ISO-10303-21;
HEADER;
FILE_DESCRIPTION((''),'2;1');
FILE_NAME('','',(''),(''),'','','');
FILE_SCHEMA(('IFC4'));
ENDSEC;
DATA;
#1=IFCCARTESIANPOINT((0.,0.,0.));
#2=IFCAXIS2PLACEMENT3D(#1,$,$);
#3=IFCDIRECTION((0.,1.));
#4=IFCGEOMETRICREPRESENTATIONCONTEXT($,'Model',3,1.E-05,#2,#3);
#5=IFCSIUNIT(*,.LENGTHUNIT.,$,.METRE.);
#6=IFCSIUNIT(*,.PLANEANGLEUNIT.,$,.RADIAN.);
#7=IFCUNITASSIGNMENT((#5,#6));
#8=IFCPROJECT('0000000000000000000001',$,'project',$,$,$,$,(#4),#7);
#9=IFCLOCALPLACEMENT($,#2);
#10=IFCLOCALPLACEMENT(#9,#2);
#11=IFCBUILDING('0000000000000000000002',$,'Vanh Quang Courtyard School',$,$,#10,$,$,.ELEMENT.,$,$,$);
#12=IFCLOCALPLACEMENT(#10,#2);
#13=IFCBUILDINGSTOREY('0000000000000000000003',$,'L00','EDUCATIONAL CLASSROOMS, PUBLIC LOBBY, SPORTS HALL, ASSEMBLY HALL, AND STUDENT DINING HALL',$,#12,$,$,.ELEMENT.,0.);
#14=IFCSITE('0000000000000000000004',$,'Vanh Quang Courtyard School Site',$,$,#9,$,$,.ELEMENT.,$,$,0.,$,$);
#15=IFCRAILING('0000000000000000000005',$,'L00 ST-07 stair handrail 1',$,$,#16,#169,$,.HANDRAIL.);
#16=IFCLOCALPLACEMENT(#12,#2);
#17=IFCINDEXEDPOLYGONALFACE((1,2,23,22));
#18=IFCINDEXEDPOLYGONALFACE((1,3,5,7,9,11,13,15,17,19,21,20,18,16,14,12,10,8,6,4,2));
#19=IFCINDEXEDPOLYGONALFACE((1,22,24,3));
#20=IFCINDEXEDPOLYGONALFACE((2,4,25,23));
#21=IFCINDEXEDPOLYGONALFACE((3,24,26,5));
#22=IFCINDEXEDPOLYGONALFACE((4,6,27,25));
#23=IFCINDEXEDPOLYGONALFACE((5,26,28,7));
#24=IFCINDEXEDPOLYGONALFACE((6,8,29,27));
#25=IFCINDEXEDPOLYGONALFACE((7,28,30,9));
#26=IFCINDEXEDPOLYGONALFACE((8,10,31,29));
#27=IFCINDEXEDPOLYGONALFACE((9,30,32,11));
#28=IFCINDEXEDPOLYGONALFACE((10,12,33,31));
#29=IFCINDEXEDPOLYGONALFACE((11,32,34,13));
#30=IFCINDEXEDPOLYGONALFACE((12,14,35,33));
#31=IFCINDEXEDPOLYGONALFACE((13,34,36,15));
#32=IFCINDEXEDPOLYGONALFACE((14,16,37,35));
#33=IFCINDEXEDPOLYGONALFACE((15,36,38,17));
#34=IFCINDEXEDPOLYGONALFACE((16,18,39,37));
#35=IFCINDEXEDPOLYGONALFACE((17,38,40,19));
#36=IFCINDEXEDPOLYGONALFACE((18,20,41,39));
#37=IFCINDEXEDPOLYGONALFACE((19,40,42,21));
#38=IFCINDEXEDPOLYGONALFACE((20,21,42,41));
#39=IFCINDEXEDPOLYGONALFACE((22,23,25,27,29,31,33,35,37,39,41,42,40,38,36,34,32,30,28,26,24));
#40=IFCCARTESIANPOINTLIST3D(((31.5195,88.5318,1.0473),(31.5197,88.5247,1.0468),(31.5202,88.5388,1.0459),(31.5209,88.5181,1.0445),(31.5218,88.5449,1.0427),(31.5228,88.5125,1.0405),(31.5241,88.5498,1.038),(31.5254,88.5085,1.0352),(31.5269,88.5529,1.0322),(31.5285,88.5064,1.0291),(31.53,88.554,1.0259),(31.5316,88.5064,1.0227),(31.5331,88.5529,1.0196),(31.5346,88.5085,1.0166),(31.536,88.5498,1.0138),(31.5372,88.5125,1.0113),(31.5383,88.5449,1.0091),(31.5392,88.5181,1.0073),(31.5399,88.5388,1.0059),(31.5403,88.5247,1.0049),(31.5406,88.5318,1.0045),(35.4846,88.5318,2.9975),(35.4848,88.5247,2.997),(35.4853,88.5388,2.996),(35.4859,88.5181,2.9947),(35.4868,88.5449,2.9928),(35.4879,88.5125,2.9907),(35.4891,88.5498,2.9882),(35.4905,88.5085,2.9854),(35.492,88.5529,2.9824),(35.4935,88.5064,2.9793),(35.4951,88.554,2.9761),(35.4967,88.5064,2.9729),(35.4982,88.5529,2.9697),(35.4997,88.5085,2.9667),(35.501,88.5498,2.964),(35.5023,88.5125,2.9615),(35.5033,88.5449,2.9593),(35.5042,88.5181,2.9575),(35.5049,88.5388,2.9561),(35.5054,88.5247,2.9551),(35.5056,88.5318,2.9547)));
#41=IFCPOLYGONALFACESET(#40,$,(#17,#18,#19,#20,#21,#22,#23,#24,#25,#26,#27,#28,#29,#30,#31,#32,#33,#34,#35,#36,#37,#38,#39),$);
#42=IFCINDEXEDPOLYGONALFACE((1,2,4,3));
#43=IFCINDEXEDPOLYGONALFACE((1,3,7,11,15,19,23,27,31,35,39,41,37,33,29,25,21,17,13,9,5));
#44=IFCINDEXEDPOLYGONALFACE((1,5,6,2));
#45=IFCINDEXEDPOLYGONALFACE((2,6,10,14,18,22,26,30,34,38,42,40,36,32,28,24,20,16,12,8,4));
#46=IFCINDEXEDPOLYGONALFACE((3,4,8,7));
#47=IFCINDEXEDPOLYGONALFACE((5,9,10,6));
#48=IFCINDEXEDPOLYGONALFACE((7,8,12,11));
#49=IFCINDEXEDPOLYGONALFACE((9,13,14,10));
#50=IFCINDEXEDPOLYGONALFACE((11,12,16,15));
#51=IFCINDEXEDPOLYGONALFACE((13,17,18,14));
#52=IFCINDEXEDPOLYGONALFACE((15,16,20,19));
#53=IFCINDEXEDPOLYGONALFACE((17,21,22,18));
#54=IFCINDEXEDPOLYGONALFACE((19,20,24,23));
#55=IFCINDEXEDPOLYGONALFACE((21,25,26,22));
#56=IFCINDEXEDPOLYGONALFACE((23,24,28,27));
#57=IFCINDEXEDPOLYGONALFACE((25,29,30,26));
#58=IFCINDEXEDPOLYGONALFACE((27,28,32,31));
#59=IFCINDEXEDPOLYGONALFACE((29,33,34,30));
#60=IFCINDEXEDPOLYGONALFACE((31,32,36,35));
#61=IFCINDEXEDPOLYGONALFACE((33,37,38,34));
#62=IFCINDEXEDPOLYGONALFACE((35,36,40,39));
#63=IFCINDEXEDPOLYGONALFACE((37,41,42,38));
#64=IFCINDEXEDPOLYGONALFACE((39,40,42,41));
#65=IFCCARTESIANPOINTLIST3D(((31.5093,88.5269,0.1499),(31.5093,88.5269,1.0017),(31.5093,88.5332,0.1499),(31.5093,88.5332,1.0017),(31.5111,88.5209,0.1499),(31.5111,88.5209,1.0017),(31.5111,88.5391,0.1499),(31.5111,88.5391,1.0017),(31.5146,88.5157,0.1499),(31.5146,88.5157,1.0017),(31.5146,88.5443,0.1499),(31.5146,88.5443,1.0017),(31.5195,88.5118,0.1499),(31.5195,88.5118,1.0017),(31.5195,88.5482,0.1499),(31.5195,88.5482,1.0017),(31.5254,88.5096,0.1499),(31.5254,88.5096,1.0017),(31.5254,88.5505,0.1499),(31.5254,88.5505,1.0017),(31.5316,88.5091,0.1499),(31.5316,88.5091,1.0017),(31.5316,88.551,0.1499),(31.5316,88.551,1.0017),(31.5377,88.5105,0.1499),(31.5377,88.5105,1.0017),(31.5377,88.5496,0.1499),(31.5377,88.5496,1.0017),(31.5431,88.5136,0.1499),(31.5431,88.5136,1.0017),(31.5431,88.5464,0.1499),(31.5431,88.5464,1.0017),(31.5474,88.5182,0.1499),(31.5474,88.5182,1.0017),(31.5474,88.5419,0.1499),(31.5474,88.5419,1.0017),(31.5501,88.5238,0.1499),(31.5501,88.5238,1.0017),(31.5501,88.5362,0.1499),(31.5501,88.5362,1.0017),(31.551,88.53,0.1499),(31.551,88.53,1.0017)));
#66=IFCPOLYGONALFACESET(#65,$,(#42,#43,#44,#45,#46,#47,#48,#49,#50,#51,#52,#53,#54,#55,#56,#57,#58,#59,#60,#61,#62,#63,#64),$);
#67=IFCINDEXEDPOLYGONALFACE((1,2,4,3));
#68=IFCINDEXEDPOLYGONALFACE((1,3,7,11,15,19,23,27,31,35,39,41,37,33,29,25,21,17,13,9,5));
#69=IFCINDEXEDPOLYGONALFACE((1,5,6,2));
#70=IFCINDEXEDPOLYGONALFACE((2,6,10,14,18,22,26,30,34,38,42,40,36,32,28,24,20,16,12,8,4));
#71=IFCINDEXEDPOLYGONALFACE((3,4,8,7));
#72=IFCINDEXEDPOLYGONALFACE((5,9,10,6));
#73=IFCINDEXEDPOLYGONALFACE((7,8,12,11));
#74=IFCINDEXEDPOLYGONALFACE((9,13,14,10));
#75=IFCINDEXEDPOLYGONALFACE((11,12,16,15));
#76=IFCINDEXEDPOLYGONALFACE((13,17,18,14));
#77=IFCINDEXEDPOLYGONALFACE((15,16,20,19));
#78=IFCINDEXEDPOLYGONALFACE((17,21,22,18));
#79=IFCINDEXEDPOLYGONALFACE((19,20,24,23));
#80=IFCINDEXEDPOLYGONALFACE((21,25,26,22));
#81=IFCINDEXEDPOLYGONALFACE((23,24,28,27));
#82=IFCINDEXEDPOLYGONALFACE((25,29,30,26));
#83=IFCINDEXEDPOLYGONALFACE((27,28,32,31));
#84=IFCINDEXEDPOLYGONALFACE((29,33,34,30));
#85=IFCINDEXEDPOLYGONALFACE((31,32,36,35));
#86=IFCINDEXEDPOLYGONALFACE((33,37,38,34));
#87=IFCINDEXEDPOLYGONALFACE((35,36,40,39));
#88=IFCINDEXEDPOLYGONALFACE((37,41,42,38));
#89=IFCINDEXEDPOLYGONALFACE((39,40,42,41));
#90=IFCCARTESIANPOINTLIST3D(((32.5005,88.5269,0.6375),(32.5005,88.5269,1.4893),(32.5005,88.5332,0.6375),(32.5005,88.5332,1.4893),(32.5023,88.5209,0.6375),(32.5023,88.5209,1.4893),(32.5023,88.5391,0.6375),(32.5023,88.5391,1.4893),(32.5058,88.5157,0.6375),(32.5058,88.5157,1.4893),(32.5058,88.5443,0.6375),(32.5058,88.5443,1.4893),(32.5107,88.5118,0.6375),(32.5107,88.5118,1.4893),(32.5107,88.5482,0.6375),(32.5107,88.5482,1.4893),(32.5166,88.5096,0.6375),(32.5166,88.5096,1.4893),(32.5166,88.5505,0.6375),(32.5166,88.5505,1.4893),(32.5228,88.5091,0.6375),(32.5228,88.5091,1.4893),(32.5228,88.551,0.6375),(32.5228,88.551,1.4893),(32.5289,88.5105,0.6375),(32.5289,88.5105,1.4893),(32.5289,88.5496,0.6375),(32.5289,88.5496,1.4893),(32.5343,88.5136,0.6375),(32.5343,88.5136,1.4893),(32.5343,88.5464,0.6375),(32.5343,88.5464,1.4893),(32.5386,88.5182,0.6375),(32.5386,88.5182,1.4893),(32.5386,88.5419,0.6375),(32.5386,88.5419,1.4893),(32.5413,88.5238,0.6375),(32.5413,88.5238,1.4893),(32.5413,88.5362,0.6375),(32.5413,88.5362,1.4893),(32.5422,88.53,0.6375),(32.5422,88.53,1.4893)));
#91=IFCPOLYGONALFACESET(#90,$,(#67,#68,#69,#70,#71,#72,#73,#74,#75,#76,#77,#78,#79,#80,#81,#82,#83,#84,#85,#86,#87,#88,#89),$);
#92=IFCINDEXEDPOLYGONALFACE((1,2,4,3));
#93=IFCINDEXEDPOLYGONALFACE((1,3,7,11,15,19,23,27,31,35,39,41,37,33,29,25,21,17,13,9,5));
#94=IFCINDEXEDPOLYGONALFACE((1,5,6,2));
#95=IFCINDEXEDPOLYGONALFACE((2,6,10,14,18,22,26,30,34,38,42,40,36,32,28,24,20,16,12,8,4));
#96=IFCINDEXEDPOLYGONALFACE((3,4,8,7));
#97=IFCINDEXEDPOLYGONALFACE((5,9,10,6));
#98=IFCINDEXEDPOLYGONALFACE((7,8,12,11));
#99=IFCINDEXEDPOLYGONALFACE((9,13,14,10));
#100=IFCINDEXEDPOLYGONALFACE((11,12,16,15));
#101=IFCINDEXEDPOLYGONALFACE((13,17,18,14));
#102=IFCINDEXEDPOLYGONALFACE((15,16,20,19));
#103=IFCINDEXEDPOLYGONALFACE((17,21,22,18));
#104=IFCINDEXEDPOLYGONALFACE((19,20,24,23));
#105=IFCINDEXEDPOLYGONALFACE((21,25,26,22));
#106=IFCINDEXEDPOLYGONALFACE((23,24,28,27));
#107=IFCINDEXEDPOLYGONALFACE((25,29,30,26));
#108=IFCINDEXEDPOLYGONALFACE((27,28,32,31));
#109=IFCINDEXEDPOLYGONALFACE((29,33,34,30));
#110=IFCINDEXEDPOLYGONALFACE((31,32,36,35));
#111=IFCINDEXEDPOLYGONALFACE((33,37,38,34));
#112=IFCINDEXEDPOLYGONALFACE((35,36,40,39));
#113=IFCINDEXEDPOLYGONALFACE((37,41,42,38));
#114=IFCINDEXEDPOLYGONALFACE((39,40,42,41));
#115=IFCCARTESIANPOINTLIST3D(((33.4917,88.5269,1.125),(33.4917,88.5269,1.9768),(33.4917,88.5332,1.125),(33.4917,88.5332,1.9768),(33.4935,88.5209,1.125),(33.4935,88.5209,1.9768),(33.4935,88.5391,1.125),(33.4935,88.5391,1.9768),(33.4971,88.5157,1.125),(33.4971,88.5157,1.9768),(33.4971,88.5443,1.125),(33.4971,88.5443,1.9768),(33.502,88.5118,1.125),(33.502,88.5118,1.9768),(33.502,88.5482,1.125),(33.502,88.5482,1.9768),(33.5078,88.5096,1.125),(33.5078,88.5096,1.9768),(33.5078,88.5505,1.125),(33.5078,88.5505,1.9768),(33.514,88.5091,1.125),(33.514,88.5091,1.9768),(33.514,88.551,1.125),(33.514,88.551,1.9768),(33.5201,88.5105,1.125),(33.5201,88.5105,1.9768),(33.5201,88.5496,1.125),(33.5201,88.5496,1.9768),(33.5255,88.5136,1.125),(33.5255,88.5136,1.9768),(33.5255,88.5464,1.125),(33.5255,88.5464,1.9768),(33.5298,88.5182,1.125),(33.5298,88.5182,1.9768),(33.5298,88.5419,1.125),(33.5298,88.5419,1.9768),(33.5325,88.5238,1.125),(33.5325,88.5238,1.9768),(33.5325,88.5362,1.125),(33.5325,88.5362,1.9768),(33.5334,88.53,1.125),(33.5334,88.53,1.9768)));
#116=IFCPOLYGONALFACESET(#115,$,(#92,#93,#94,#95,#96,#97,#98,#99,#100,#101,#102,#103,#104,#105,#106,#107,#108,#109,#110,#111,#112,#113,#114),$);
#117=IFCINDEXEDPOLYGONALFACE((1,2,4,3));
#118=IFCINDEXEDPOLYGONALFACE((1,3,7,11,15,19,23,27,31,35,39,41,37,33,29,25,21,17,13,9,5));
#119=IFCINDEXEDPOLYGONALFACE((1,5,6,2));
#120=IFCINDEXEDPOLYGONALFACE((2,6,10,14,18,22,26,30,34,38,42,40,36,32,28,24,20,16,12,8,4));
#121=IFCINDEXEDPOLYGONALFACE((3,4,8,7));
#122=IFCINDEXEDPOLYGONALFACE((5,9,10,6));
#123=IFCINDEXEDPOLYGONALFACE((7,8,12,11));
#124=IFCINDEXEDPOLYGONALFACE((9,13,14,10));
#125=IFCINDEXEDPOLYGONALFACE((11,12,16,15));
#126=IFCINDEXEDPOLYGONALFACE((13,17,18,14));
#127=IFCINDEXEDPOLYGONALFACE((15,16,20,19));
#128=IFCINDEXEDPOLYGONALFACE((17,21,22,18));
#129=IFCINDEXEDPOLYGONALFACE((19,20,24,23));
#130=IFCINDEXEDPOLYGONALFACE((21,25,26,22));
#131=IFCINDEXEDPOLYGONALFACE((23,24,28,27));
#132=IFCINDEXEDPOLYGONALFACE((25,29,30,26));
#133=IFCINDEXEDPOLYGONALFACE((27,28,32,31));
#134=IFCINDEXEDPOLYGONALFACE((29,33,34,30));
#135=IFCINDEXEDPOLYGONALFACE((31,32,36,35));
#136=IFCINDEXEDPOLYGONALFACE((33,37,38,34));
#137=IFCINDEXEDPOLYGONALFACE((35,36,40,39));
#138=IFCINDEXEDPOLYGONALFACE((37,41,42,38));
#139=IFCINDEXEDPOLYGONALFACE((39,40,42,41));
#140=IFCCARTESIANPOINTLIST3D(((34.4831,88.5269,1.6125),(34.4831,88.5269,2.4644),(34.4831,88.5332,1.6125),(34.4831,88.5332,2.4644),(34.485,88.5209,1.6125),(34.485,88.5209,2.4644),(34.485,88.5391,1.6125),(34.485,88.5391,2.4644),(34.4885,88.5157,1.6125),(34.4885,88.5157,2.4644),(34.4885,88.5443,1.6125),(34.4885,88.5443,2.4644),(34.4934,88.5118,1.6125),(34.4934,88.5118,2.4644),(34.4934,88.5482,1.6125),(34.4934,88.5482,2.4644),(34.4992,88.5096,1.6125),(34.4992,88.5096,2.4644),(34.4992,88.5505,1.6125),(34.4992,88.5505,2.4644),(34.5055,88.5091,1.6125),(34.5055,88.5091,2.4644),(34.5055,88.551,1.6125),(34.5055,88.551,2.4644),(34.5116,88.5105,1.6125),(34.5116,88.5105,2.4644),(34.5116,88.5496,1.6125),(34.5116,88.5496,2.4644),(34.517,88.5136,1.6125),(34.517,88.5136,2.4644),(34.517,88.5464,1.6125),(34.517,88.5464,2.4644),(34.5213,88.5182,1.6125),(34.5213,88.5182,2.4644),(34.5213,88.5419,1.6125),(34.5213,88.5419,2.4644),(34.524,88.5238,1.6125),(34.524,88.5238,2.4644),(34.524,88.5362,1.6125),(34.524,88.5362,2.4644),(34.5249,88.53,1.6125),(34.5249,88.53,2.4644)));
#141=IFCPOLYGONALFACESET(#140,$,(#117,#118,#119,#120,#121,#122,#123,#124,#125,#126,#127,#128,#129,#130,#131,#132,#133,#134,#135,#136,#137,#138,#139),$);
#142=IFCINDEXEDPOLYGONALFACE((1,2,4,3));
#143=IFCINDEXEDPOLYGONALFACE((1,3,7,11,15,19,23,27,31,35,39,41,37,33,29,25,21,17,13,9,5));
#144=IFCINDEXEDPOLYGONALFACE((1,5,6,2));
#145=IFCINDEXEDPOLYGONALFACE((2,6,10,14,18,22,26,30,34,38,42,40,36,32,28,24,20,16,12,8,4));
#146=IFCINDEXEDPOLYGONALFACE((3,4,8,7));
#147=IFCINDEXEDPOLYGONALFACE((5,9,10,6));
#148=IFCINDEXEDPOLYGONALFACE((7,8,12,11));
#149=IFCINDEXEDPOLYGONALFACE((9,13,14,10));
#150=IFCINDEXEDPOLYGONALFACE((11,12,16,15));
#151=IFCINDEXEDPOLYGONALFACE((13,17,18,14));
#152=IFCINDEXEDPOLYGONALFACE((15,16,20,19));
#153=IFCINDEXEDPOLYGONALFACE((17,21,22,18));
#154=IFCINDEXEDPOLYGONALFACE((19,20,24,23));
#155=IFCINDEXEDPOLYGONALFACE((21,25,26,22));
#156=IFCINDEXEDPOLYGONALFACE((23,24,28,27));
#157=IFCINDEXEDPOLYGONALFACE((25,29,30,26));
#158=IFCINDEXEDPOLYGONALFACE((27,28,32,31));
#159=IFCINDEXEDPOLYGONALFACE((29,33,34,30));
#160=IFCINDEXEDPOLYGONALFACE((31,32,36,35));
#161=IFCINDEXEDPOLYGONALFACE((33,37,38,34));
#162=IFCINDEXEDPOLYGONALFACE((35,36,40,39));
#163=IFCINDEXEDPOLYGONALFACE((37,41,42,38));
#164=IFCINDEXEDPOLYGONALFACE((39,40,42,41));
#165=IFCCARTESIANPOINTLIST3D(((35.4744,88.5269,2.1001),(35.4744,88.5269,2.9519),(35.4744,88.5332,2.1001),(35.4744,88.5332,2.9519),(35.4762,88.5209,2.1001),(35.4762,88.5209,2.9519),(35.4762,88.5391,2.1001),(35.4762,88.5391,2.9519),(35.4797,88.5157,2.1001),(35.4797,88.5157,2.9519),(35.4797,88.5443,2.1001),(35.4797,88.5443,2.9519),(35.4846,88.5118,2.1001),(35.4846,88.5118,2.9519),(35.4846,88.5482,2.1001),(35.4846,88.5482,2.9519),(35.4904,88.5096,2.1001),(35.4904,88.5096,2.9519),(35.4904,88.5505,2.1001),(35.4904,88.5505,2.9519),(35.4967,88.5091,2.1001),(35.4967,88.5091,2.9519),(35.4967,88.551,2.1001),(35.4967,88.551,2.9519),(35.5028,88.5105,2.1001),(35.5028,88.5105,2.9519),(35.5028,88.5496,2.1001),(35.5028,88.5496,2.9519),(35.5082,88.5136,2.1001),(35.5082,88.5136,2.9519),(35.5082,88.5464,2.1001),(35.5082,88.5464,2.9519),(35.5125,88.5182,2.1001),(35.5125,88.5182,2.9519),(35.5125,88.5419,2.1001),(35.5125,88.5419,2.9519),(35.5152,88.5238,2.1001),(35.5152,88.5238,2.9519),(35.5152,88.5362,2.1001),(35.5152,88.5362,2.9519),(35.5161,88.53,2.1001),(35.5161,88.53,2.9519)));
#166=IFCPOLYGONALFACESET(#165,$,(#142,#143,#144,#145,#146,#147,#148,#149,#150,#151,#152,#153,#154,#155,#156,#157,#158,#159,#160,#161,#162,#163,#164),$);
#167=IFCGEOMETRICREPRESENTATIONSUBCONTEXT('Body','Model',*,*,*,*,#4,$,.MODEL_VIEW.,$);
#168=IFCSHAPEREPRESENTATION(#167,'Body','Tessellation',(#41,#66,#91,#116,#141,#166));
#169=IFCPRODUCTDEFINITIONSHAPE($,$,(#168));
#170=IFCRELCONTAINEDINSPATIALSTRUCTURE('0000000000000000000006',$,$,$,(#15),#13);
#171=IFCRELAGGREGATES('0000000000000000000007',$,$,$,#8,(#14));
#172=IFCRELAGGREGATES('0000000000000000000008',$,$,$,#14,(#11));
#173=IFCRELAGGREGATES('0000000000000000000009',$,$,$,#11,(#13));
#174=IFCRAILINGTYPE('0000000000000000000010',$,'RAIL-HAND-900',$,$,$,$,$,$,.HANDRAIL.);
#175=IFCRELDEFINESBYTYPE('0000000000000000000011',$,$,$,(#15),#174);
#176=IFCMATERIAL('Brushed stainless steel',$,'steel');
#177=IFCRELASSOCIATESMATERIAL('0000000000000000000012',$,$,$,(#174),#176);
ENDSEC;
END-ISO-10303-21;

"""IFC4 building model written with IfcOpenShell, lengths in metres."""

from ifc_helpers import new_model, si_unit, direction, frame, origin, origin_2d, place, context, subcontext, project, spatial, circle, extrude, material, type_object, element, save


model = new_model("IFC4")

# Units and contexts
model_context = context("Model", 3, precision=1e-05, world=origin(), true_north=direction((0.0, 1.0)))
body_context = subcontext(model_context, "Body", "Model", "MODEL_VIEW")
ifc_project = project(units=[si_unit("LENGTHUNIT", "METRE"), si_unit("PLANEANGLEUNIT", "RADIAN")], contexts=[model_context])

# Site, building, storey
site_placement = place(None, origin())
site = spatial("IfcSite", under=ifc_project, at=site_placement, Name="Vanh Quang Courtyard School Site", CompositionType="ELEMENT", RefElevation=0.0)
building_placement = place(site_placement, origin())
building = spatial("IfcBuilding", under=site, at=building_placement, Name="Vanh Quang Courtyard School", CompositionType="ELEMENT")
storey_placement = place(building_placement, origin())
storey = spatial("IfcBuildingStorey", under=building, at=storey_placement, Name="L00", Description="EDUCATIONAL CLASSROOMS, PUBLIC LOBBY, SPORTS HALL, ASSEMBLY HALL, AND STUDENT DINING HALL", CompositionType="ELEMENT", Elevation=0.0)

# Railing
ifc_material_1 = material(Name="Brushed stainless steel", Category="steel")
railing_type_1 = type_object("IfcRailingType", Name="RAIL-HAND-900", PredefinedType="HANDRAIL", material=ifc_material_1)
railing_1_placement = place(storey_placement, frame((31.53, 88.53, 0.1499)))
element("IfcRailing", 1, at=railing_1_placement, inside=storey, type_object=railing_type_1, Name="L00 ST-07 stair handrail 1", PredefinedType="HANDRAIL", context=body_context, shape_type="SweptSolid", body=[
    extrude(circle(Radius=0.0239, at=origin_2d()), frame((0.0, 0.0, 0.876), z_axis=(0.897336, 0.0, 0.441347), x_axis=(0.0, 1.0, 0.0)), (0.0, 0.0, 1.0), 4.4187),
    extrude(circle(Radius=0.021, at=origin_2d()), origin(), (0.0, 0.0, 1.0), 0.8518),
    extrude(circle(Radius=0.021, at=origin_2d()), frame((0.9912, 0.0, 0.4875)), (0.0, 0.0, 1.0), 0.8518),
    extrude(circle(Radius=0.021, at=origin_2d()), frame((1.9824, 0.0, 0.9751)), (0.0, 0.0, 1.0), 0.8518),
    extrude(circle(Radius=0.021, at=origin_2d()), frame((2.9739, 0.0, 1.4626)), (0.0, 0.0, 1.0), 0.8518),
    extrude(circle(Radius=0.021, at=origin_2d()), frame((3.9651, 0.0, 1.9502)), (0.0, 0.0, 1.0), 0.8518),
])

save(model, "model.ifc")
